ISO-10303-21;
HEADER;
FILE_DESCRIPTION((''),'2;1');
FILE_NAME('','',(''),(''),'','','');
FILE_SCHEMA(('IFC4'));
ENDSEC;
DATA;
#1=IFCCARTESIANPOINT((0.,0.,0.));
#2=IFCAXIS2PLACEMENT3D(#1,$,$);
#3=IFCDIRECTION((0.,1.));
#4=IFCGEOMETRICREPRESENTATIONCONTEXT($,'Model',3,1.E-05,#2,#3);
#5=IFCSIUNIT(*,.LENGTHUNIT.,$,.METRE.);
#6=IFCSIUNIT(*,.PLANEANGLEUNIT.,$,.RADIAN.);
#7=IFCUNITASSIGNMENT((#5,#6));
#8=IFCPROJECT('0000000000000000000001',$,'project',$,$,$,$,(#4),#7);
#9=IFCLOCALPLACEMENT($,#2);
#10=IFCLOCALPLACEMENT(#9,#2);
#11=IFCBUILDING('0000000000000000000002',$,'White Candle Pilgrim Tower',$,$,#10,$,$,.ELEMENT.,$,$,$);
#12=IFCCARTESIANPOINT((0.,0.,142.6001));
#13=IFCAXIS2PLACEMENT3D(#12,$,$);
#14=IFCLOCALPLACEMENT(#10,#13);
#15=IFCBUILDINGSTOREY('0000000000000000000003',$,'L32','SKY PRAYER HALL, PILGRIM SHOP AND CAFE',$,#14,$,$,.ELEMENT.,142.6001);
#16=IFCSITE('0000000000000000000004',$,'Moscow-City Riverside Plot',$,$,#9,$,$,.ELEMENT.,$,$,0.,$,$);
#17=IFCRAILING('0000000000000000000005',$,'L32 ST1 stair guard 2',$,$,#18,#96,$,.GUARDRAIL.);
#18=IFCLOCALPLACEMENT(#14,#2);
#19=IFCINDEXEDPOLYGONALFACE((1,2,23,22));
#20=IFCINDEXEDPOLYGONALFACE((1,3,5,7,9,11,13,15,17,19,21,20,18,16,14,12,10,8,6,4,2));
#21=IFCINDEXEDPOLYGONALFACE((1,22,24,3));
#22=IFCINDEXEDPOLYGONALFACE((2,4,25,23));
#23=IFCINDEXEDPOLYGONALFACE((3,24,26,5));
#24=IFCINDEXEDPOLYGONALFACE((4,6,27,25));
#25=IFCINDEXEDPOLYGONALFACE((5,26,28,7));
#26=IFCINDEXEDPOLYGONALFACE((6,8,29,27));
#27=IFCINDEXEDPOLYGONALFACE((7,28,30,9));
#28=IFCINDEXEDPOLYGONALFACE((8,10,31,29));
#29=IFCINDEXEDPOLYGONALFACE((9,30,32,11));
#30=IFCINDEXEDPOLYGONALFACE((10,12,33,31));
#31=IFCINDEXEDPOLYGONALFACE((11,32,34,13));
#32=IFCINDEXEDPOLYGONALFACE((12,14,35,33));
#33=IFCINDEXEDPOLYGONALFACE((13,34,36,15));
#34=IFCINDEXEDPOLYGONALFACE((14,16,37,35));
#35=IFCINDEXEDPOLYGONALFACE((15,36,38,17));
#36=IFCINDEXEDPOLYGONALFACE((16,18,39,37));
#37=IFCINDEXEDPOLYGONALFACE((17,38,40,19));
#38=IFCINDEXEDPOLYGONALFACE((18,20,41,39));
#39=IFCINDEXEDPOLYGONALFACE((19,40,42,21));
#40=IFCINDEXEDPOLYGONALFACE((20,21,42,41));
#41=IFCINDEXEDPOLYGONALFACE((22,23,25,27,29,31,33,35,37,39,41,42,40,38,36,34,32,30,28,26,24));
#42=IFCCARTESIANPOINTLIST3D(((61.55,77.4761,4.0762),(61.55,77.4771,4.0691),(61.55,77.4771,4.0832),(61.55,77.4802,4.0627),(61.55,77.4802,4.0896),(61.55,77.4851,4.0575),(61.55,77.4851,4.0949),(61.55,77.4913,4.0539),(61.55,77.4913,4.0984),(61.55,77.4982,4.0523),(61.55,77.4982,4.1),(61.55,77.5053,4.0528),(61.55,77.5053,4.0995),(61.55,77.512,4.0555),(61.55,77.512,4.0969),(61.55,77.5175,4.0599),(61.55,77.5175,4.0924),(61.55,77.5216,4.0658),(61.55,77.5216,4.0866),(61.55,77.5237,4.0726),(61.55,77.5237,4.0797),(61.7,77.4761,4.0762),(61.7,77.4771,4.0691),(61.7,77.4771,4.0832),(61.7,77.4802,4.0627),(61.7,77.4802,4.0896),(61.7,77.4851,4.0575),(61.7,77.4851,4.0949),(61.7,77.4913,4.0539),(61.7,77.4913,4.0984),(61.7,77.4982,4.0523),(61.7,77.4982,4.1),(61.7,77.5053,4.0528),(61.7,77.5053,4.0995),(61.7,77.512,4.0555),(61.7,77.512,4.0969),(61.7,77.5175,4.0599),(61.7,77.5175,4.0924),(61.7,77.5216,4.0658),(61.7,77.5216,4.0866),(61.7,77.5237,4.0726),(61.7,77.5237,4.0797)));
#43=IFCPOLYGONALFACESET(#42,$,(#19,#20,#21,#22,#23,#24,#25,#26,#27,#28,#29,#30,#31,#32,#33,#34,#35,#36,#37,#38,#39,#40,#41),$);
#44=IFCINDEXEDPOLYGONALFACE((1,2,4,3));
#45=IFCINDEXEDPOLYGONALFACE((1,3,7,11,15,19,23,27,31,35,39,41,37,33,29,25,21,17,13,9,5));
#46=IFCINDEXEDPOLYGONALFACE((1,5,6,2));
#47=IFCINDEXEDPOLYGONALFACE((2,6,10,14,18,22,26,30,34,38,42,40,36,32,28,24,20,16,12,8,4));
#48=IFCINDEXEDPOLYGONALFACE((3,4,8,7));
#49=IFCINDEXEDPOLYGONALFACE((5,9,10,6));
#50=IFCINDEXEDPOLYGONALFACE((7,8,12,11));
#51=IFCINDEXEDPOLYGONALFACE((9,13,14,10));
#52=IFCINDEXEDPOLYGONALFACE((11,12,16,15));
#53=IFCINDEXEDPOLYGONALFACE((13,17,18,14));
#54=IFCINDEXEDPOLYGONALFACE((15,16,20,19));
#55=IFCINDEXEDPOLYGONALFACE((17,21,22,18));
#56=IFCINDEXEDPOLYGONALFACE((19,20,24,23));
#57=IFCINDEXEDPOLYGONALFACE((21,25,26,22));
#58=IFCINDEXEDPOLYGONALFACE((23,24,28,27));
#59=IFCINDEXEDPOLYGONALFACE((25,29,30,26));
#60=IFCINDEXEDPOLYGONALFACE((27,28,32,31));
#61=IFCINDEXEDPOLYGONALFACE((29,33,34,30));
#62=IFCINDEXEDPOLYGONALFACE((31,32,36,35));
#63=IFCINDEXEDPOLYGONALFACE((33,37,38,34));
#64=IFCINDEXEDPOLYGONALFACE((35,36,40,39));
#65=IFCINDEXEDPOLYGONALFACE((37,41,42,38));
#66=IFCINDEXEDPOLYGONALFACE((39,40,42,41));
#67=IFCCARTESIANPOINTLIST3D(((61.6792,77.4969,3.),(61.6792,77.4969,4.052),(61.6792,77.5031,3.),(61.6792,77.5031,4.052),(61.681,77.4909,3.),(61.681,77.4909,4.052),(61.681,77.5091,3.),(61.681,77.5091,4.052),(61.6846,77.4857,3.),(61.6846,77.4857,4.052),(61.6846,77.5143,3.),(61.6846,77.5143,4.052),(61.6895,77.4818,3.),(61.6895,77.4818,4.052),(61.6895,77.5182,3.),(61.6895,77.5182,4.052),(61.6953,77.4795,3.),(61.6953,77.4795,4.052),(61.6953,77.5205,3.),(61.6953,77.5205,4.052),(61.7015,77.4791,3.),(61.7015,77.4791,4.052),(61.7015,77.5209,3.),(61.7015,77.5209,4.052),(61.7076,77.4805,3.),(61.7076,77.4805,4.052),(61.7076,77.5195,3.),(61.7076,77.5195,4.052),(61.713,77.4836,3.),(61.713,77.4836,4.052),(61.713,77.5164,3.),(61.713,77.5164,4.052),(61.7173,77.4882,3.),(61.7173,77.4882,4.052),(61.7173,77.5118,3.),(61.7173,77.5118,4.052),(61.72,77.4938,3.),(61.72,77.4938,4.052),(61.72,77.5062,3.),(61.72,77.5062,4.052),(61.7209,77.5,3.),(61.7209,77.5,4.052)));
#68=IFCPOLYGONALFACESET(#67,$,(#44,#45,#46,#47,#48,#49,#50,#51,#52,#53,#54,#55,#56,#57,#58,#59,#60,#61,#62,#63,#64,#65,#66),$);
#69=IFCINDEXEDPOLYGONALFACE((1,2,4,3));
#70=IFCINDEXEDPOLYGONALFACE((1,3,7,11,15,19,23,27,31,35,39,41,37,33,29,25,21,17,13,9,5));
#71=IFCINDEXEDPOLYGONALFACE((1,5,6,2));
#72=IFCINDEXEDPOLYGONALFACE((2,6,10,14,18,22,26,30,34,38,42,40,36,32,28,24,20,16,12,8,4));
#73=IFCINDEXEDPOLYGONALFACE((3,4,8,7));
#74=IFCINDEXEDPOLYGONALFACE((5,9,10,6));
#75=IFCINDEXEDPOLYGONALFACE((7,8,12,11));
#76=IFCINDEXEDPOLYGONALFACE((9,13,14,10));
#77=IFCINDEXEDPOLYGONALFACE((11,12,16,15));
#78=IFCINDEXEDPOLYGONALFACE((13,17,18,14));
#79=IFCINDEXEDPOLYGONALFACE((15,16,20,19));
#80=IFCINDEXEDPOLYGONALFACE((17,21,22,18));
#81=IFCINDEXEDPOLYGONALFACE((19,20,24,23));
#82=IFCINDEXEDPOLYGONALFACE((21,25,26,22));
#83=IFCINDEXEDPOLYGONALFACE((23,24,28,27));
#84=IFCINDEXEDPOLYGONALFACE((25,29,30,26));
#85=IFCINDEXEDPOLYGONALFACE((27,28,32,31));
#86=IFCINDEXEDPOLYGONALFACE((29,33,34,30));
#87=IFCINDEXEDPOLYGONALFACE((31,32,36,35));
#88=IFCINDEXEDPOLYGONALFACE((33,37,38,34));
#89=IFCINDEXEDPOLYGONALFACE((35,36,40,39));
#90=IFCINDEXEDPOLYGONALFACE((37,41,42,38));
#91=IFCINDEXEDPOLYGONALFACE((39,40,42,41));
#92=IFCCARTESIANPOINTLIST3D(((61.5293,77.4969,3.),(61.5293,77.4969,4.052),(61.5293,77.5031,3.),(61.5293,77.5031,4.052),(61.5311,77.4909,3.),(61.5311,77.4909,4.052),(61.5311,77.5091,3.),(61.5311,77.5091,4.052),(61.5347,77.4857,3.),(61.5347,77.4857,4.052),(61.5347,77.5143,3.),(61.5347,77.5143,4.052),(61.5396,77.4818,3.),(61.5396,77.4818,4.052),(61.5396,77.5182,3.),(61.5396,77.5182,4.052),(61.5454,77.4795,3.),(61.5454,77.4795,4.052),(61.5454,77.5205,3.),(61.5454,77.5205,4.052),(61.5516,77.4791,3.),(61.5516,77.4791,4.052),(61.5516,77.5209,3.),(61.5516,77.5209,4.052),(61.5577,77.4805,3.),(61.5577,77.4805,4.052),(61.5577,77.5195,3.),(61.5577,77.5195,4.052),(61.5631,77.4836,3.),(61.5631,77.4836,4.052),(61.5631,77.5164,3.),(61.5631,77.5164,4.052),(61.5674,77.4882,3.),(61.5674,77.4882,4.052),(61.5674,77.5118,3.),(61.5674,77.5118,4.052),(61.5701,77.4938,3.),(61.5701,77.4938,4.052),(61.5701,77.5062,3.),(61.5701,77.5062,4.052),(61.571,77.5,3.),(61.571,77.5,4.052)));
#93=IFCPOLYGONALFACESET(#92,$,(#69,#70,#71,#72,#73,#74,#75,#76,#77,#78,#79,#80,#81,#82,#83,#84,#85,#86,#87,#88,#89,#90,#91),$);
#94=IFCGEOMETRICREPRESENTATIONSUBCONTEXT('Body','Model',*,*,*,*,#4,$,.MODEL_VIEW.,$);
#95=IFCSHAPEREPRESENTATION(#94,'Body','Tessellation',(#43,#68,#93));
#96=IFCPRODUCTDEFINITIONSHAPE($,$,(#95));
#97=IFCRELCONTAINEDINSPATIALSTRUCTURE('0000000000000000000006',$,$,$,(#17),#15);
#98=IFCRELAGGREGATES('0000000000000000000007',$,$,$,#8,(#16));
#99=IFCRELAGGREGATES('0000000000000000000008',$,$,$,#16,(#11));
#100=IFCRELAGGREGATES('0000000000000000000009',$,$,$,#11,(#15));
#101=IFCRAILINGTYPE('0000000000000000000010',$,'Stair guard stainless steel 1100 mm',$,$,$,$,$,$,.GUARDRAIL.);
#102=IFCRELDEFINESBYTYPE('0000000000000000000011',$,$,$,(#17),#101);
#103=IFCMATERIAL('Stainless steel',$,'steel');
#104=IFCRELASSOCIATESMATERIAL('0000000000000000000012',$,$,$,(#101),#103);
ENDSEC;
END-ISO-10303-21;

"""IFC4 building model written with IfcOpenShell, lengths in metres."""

from ifc_helpers import new_model, si_unit, direction, frame, origin, origin_2d, place, context, subcontext, project, spatial, circle, extrude, material, type_object, element, save


model = new_model("IFC4")

# Units and contexts
model_context = context("Model", 3, precision=1e-05, world=origin(), true_north=direction((0.0, 1.0)))
body_context = subcontext(model_context, "Body", "Model", "MODEL_VIEW")
ifc_project = project(units=[si_unit("LENGTHUNIT", "METRE"), si_unit("PLANEANGLEUNIT", "RADIAN")], contexts=[model_context])

# Site, building, storey
site_placement = place(None, origin())
site = spatial("IfcSite", under=ifc_project, at=site_placement, Name="Moscow-City Riverside Plot", CompositionType="ELEMENT", RefElevation=0.0)
building_placement = place(site_placement, origin())
building = spatial("IfcBuilding", under=site, at=building_placement, Name="White Candle Pilgrim Tower", CompositionType="ELEMENT")
storey_placement = place(building_placement, frame((0.0, 0.0, 142.6001)))
storey = spatial("IfcBuildingStorey", under=building, at=storey_placement, Name="L32", Description="SKY PRAYER HALL, PILGRIM SHOP AND CAFE", CompositionType="ELEMENT", Elevation=142.6001)

# Shared definitions
ifc_material_1 = material(Name="Stainless steel", Category="steel")

# Railing
railing_type_1 = type_object("IfcRailingType", Name="Stair guard stainless steel 1100 mm", PredefinedType="GUARDRAIL", material=ifc_material_1)
railing_1_placement = place(storey_placement, frame((61.7, 77.5, 3.0)))
element("IfcRailing", 1, at=railing_1_placement, inside=storey, type_object=railing_type_1, Name="L32 ST1 stair guard 2", PredefinedType="GUARDRAIL", context=body_context, shape_type="SweptSolid", body=[
    extrude(circle(Radius=0.0239, at=origin_2d()), frame((0.0, 0.0, 1.0762), z_axis=(-1.0, 0.0, 0.0), x_axis=(0.0, -1.0, 0.0)), (0.0, 0.0, 1.0), 0.1499),
    extrude(circle(Radius=0.021, at=origin_2d()), origin(), (0.0, 0.0, 1.0), 1.052),
    extrude(circle(Radius=0.021, at=origin_2d()), frame((-0.1499, 0.0, 0.0)), (0.0, 0.0, 1.0), 1.052),
])

save(model, "model.ifc")
